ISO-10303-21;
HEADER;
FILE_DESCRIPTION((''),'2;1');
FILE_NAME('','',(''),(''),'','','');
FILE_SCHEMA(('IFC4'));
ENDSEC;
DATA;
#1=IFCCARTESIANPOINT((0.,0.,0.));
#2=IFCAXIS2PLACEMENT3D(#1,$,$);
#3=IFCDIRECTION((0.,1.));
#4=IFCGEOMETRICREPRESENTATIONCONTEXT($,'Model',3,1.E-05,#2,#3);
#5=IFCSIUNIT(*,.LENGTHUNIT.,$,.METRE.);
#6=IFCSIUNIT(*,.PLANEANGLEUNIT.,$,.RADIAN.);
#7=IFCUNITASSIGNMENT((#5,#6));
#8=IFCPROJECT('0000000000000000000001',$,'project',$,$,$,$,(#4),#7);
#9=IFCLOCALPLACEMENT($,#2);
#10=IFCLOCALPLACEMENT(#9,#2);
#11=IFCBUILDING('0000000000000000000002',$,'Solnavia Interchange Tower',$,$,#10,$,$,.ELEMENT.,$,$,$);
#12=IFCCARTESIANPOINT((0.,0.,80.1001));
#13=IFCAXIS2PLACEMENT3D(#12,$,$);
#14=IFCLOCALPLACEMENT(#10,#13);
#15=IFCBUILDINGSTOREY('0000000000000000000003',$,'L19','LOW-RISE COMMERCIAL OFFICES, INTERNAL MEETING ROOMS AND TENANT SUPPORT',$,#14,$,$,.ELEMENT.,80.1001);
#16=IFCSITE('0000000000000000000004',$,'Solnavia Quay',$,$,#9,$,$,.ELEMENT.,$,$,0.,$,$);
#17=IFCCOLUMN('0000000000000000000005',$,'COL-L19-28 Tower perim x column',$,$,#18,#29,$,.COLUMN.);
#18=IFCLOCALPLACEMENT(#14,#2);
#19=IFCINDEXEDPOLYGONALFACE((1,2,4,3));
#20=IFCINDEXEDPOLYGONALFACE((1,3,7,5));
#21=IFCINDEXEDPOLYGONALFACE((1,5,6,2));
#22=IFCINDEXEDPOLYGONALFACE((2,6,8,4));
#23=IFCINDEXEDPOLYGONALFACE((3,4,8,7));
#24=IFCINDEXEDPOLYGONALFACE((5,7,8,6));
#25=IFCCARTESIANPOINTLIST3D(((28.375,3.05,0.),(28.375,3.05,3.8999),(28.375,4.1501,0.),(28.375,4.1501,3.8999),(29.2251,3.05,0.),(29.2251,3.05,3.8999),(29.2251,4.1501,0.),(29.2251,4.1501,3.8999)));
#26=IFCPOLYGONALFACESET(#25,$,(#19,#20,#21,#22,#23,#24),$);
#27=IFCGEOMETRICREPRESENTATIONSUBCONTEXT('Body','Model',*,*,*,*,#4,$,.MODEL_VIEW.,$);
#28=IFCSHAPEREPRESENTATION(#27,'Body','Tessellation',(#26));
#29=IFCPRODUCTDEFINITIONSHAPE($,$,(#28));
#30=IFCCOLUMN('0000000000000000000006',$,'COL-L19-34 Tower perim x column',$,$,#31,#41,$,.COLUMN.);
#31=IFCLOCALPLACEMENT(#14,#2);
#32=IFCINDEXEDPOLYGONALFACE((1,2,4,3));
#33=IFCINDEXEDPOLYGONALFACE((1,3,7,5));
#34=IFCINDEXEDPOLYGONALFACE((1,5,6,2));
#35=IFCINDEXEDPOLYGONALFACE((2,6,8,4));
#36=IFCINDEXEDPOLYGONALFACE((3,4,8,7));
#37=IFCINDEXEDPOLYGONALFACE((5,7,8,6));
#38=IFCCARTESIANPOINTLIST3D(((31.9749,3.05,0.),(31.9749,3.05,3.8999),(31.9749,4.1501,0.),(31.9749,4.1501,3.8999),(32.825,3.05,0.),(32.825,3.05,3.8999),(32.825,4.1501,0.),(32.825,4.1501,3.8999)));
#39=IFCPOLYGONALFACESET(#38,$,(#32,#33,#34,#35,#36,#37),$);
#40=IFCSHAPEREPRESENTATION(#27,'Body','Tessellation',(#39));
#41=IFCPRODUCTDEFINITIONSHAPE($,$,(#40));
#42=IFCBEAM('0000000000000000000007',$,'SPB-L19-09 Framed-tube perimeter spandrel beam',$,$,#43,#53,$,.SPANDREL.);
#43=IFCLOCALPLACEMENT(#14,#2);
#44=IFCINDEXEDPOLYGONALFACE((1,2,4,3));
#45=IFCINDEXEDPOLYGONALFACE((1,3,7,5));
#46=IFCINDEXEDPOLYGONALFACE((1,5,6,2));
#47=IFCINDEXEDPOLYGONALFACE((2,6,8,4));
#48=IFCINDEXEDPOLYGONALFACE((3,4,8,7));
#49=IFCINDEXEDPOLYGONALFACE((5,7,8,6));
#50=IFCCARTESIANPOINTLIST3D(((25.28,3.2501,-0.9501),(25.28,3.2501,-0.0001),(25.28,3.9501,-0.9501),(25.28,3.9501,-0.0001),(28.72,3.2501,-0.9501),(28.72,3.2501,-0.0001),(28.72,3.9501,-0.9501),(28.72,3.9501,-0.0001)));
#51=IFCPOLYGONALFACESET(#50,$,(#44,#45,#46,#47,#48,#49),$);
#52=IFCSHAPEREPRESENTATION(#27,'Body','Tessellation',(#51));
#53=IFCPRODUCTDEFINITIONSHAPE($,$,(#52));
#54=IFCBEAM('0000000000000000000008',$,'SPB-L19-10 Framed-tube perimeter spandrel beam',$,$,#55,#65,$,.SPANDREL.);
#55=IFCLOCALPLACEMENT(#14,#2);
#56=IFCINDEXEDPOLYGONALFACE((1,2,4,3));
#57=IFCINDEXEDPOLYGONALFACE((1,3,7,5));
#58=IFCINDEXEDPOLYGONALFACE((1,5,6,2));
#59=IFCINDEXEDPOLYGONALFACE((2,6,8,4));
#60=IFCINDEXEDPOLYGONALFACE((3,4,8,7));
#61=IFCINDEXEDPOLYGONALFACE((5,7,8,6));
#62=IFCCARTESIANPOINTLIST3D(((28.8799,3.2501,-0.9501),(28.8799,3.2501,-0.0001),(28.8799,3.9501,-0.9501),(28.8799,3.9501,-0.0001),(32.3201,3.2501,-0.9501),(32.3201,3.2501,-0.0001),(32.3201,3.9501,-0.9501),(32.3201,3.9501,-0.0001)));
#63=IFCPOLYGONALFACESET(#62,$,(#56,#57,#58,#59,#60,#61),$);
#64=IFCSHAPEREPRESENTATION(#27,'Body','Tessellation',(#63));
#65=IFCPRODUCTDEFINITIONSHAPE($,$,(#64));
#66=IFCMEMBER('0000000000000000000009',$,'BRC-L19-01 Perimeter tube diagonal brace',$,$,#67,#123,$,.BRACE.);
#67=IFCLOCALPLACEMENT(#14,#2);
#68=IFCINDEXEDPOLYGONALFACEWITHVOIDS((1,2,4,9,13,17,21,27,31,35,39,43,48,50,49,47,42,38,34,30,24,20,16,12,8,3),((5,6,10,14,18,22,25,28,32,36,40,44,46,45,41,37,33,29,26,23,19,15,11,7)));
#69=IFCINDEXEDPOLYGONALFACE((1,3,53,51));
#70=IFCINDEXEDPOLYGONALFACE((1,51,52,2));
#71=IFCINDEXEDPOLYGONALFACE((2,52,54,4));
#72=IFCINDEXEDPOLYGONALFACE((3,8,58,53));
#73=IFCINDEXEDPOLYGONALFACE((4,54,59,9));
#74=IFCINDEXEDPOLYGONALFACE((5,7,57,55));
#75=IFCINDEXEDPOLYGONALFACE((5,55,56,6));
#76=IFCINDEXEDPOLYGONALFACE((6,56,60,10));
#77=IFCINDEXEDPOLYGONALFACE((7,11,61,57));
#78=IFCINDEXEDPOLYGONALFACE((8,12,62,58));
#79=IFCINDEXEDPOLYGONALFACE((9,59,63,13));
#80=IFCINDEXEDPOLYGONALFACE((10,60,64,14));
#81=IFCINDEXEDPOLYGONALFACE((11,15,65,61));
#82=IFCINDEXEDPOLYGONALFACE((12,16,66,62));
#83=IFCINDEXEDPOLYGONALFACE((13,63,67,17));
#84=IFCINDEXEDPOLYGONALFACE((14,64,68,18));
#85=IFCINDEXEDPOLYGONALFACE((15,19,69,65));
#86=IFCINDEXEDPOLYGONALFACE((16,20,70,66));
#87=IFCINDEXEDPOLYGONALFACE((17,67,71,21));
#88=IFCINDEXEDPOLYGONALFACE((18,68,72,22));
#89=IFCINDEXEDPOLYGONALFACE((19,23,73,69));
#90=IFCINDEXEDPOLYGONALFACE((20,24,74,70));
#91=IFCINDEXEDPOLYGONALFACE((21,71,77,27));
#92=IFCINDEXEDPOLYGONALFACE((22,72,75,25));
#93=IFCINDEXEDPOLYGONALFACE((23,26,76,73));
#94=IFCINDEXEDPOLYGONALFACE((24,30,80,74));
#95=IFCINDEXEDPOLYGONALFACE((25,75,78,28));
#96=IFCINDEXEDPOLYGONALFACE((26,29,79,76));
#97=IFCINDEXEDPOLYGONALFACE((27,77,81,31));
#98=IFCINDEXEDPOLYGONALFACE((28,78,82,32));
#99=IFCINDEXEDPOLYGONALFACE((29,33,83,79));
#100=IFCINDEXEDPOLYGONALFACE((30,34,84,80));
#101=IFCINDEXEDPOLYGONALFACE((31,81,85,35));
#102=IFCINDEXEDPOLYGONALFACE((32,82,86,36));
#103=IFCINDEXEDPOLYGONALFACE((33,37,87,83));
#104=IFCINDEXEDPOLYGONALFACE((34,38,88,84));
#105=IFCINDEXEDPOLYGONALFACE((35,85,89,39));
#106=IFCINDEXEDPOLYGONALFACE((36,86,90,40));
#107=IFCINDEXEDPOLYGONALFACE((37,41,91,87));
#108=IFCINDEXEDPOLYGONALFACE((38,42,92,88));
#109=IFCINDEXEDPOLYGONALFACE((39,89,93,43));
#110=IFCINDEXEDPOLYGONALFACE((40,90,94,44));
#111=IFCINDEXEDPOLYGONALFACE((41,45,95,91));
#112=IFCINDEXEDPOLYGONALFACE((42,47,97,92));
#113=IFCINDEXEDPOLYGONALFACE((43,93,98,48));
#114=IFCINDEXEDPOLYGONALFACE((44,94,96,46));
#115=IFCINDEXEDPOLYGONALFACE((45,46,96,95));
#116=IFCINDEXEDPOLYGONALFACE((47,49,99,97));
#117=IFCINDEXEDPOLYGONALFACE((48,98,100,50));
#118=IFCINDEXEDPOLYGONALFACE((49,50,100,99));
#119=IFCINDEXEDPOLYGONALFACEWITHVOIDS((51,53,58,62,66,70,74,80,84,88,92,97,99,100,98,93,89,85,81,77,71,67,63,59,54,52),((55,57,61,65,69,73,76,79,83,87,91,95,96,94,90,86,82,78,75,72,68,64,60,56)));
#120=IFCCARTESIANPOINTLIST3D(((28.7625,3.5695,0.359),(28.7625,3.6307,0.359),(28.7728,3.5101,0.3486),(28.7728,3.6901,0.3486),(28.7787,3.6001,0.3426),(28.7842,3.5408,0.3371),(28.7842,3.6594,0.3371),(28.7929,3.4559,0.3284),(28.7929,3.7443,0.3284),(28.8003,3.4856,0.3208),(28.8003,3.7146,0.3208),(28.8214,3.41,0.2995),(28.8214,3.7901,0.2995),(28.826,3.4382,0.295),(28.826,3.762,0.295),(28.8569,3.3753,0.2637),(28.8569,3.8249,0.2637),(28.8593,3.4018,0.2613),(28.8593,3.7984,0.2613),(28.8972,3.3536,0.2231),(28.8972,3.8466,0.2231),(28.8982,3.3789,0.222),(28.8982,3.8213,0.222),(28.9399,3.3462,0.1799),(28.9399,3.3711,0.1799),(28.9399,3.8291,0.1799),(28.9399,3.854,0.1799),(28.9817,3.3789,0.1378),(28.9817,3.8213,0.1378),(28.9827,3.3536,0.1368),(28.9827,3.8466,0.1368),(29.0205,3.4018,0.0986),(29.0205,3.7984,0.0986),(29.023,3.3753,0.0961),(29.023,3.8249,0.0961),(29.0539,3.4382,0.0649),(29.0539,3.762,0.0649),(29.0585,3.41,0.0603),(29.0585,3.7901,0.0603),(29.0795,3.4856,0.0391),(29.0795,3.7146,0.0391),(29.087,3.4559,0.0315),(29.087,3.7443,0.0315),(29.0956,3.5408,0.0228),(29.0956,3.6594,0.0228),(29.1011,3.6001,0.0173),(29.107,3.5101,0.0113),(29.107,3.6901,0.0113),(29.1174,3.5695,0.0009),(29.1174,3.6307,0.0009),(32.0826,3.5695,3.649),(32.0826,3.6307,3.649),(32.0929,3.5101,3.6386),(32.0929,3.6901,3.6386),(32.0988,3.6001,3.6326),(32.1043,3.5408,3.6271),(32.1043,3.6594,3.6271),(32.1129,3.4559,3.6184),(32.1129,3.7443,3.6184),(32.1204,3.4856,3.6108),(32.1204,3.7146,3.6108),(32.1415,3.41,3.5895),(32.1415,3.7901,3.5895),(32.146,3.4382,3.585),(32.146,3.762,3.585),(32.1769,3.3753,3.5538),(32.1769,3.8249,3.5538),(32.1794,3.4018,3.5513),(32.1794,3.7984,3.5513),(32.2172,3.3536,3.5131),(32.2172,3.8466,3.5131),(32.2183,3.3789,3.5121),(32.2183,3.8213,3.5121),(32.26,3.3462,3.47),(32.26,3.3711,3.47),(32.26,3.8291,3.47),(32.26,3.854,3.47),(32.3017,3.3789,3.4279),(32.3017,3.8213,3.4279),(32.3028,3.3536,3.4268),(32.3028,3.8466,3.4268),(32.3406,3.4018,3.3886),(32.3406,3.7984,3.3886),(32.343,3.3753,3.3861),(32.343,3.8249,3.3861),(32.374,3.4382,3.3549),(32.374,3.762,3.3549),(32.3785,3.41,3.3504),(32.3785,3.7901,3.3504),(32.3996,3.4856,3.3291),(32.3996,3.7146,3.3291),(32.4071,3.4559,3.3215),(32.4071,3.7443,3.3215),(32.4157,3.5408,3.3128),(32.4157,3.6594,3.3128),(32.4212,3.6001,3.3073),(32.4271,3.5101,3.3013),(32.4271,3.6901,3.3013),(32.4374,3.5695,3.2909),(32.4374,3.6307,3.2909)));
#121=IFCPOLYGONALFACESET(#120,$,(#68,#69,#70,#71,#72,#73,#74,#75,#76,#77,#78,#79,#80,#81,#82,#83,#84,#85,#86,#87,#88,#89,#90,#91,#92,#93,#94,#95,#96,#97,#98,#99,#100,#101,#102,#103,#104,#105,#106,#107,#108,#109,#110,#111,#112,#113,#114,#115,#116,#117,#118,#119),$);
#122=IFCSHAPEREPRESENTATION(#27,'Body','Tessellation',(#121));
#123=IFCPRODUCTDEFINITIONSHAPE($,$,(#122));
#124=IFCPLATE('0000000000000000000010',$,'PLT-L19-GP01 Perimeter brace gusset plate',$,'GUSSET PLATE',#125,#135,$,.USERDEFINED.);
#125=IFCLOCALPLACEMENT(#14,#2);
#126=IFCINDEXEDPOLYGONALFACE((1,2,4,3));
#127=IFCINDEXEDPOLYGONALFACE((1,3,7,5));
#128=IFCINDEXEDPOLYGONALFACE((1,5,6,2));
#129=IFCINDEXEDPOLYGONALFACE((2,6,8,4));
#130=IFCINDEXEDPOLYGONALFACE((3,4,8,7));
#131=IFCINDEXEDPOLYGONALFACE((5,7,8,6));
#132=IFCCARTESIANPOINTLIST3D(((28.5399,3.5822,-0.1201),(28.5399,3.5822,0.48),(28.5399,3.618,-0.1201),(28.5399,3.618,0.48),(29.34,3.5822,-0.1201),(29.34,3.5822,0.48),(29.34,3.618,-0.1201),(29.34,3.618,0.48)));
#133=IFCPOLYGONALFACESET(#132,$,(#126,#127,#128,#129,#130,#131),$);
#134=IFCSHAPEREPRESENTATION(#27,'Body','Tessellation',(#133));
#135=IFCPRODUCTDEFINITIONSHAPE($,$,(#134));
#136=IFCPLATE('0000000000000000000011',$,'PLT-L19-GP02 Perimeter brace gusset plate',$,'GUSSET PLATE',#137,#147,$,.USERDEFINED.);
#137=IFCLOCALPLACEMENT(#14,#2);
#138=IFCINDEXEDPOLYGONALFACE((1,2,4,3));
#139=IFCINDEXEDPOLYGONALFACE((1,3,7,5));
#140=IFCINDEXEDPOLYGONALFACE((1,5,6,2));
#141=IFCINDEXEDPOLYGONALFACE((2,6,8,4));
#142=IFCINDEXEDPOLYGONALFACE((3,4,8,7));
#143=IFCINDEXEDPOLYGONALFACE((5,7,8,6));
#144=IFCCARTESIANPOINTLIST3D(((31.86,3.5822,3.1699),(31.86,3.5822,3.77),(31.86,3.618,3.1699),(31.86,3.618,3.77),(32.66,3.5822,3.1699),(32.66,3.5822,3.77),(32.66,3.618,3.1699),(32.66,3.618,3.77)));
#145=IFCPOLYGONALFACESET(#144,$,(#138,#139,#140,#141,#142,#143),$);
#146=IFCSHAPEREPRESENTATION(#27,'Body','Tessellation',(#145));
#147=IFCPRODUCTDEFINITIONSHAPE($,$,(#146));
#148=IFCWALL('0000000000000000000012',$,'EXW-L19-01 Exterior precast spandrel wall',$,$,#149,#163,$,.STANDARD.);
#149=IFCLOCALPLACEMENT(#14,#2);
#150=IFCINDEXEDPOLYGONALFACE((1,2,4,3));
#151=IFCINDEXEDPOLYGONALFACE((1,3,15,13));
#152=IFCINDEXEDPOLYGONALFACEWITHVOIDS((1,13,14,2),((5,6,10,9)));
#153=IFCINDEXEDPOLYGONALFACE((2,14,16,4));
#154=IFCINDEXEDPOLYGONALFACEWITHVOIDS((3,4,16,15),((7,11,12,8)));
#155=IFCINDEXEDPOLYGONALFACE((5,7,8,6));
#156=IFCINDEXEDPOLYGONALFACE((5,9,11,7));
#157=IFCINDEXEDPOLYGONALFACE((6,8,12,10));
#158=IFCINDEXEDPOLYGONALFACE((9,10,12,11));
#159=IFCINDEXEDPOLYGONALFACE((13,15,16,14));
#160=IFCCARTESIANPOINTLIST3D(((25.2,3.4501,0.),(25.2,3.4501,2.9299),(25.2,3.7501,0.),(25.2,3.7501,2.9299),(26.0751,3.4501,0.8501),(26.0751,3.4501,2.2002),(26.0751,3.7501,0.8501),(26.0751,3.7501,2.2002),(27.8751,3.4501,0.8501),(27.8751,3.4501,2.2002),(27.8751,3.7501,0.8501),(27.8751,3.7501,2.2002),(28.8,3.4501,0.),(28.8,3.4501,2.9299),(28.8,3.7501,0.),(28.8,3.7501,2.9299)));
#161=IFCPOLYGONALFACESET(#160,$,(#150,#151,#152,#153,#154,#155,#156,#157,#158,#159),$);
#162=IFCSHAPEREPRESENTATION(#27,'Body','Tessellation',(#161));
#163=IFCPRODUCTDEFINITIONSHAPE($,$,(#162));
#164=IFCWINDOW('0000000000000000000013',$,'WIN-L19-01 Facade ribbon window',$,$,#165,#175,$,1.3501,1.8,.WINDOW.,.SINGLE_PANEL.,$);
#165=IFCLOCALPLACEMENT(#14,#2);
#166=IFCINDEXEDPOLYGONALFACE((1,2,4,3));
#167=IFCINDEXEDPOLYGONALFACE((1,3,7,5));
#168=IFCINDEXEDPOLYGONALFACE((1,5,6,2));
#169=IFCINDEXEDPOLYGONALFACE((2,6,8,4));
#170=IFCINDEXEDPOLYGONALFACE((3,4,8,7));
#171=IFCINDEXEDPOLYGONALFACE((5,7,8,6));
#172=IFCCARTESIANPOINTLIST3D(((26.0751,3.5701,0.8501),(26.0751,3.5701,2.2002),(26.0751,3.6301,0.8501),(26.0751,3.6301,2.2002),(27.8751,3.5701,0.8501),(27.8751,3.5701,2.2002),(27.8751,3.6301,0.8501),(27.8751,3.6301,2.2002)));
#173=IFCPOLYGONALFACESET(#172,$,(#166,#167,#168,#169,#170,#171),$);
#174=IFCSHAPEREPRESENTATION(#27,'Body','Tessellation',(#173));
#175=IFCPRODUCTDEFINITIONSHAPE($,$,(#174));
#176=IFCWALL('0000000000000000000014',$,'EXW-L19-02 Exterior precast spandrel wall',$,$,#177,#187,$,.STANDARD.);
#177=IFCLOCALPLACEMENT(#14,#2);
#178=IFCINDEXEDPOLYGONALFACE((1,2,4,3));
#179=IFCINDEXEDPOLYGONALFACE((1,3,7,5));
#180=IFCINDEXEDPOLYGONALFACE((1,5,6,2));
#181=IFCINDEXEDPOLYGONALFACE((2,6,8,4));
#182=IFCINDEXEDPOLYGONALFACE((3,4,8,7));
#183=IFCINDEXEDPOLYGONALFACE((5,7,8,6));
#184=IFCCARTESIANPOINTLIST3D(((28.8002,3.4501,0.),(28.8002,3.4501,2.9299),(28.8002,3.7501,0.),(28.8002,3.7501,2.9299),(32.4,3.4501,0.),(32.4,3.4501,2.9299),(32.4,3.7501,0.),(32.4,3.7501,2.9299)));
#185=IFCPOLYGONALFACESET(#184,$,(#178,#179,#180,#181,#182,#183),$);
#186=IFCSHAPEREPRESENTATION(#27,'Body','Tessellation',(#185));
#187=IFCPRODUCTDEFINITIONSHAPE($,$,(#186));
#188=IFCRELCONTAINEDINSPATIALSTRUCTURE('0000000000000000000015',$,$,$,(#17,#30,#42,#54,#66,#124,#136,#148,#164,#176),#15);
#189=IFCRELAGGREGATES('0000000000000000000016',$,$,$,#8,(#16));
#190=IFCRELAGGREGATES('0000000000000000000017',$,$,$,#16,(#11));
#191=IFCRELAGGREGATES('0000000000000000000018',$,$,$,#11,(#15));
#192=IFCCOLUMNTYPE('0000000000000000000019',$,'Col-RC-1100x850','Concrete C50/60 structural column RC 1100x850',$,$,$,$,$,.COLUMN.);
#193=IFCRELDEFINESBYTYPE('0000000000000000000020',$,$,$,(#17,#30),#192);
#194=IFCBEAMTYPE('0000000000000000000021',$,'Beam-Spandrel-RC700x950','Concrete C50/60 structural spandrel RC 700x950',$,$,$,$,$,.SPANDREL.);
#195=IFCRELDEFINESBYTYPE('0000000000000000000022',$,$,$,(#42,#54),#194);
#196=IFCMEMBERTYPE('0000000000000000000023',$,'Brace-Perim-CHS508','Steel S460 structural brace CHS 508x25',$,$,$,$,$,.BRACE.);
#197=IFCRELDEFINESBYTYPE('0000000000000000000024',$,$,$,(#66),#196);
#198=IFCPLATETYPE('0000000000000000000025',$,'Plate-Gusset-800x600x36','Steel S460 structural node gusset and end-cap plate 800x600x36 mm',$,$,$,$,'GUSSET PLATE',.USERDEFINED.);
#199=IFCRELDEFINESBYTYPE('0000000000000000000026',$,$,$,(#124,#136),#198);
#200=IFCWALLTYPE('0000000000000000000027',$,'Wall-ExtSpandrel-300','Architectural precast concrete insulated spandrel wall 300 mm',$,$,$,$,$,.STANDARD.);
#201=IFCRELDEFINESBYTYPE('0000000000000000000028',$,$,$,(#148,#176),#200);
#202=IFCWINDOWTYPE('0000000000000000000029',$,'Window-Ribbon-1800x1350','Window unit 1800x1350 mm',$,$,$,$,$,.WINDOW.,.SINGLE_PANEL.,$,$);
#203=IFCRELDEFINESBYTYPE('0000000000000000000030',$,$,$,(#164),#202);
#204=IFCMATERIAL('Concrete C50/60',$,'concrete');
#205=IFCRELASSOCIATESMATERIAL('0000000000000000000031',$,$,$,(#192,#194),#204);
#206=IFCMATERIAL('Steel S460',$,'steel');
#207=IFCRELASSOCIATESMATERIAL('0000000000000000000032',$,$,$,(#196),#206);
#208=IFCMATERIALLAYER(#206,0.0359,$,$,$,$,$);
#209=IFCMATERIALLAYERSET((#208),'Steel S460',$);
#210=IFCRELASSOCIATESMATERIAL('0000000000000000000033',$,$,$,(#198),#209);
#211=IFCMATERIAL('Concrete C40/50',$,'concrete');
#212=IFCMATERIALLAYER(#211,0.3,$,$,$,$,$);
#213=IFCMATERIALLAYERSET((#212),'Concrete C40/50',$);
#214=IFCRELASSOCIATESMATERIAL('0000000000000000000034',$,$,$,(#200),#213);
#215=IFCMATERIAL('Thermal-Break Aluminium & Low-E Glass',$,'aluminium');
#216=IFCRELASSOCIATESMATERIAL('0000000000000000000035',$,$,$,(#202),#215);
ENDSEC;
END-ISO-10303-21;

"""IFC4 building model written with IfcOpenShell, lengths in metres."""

from ifc_helpers import new_model, si_unit, direction, frame, frame_2d, origin, origin_2d, place, context, subcontext, project, spatial, rectangle, hollow_circle, extrude, material, layer, layer_set, material_profile, profile_set, type_object, element, fill, save


model = new_model("IFC4")

# Units and contexts
model_context = context("Model", 3, precision=1e-05, world=origin(), true_north=direction((0.0, 1.0)))
body_context = subcontext(model_context, "Body", "Model", "MODEL_VIEW")
ifc_project = project(units=[si_unit("LENGTHUNIT", "METRE"), si_unit("PLANEANGLEUNIT", "RADIAN")], contexts=[model_context])

# Site, building, storey
site_placement = place(None, origin())
site = spatial("IfcSite", under=ifc_project, at=site_placement, Name="Solnavia Quay", CompositionType="ELEMENT", RefElevation=0.0)
building_placement = place(site_placement, origin())
building = spatial("IfcBuilding", under=site, at=building_placement, Name="Solnavia Interchange Tower", CompositionType="ELEMENT")
storey_placement = place(building_placement, frame((0.0, 0.0, 80.1001)))
storey = spatial("IfcBuildingStorey", under=building, at=storey_placement, Name="L19", Description="LOW-RISE COMMERCIAL OFFICES, INTERNAL MEETING ROOMS AND TENANT SUPPORT", CompositionType="ELEMENT", Elevation=80.1001)

# Columns
ifc_material_1 = material(Name="Concrete C50/60", Category="concrete")
ifc_material_profile_1 = material_profile(ifc_material_1, rectangle(XDim=0.8501, YDim=1.1001, at=origin_2d()), Name="RC 1100x850")
ifc_profile_set_1 = profile_set([ifc_material_profile_1], Name="Concrete C50/60")
column_type = type_object("IfcColumnType", Name="Col-RC-1100x850", Description="Concrete C50/60 structural column RC 1100x850", PredefinedType="COLUMN", material=ifc_profile_set_1)
for number, where, z_axis, x_axis, name in (
    (1, (28.8, 3.6001, 0.0), (0.0, 0.0, 1.0), (1.0, 0.0, 0.0), "COL-L19-28 Tower perim x column"),
    (2, (32.3999, 3.6001, 0.0), (0.0, 0.0, 1.0), (1.0, 0.0, 0.0), "COL-L19-34 Tower perim x column"),
):
    element("IfcColumn", number, at=place(storey_placement, frame(where, z_axis=z_axis, x_axis=x_axis)), inside=storey, type_object=column_type, Name=name, PredefinedType="COLUMN", context=body_context, shape_type="SweptSolid", body=[
        extrude(rectangle(XDim=0.8501, YDim=1.1001, at=origin_2d()), origin(), (0.0, 0.0, 1.0), 3.8999),
    ])

# Beams
ifc_material_profile_2 = material_profile(ifc_material_1, rectangle(XDim=0.7, YDim=0.95, at=origin_2d()), Name="RC 700x950")
ifc_profile_set_2 = profile_set([ifc_material_profile_2], Name="Concrete C50/60")
beam_type = type_object("IfcBeamType", Name="Beam-Spandrel-RC700x950", Description="Concrete C50/60 structural spandrel RC 700x950", PredefinedType="SPANDREL", material=ifc_profile_set_2)
beam_1_placement = place(storey_placement, frame((25.28, 3.6001, -0.4751), z_axis=(1.0, 0.0, 0.0), x_axis=(0.0, 1.0, 0.0)))
element("IfcBeam", 3, at=beam_1_placement, inside=storey, type_object=beam_type, Name="SPB-L19-09 Framed-tube perimeter spandrel beam", PredefinedType="SPANDREL", context=body_context, shape_type="SweptSolid", body=[
    extrude(rectangle(XDim=0.7, YDim=0.95, at=origin_2d()), origin(), (0.0, 0.0, 1.0), 3.4399),
])
beam_2_placement = place(storey_placement, frame((28.8799, 3.6001, -0.4751), z_axis=(1.0, 0.0, 0.0), x_axis=(0.0, 1.0, 0.0)))
element("IfcBeam", 4, at=beam_2_placement, inside=storey, type_object=beam_type, Name="SPB-L19-10 Framed-tube perimeter spandrel beam", PredefinedType="SPANDREL", context=body_context, shape_type="SweptSolid", body=[
    extrude(rectangle(XDim=0.7, YDim=0.95, at=origin_2d()), origin(), (0.0, 0.0, 1.0), 3.4402),
])

# Member
ifc_material_2 = material(Name="Steel S460", Category="steel")
ifc_material_profile_3 = material_profile(ifc_material_2, hollow_circle(Radius=0.2539, WallThickness=0.0249, at=origin_2d()), Name="CHS 508x25")
ifc_profile_set_3 = profile_set([ifc_material_profile_3], Name="Steel S460")
member_type = type_object("IfcMemberType", Name="Brace-Perim-CHS508", Description="Steel S460 structural brace CHS 508x25", PredefinedType="BRACE", material=ifc_profile_set_3)
member_placement = place(storey_placement, frame((28.9399, 3.6001, 0.1799), z_axis=(0.710312, 0.0, 0.703887), x_axis=(0.0, 1.0, 0.0)))
element("IfcMember", 5, at=member_placement, inside=storey, type_object=member_type, Name="BRC-L19-01 Perimeter tube diagonal brace", PredefinedType="BRACE", context=body_context, shape_type="SweptSolid", body=[
    extrude(hollow_circle(Radius=0.2539, WallThickness=0.0249, at=origin_2d()), origin(), (0.0, 0.0, 1.0), 4.6741),
])

# Plates
ifc_layer_1 = layer(ifc_material_2, 0.0359)
ifc_layer_set_1 = layer_set([ifc_layer_1], Name="Steel S460")
plate_type = type_object("IfcPlateType", Name="Plate-Gusset-800x600x36", Description="Steel S460 structural node gusset and end-cap plate 800x600x36 mm", ElementType="GUSSET PLATE", PredefinedType="USERDEFINED", material=ifc_layer_set_1)
for number, where, z_axis, x_axis, name in (
    (6, (28.9399, 3.6001, -0.1201), (0.0, 0.0, 1.0), (1.0, 0.0, 0.0), "PLT-L19-GP01 Perimeter brace gusset plate"),
    (7, (32.26, 3.6001, 3.1699), (0.0, 0.0, 1.0), (1.0, 0.0, 0.0), "PLT-L19-GP02 Perimeter brace gusset plate"),
):
    element("IfcPlate", number, at=place(storey_placement, frame(where, z_axis=z_axis, x_axis=x_axis)), inside=storey, type_object=plate_type, Name=name, ObjectType="GUSSET PLATE", PredefinedType="USERDEFINED", context=body_context, shape_type="SweptSolid", body=[
        extrude(rectangle(XDim=0.8, YDim=0.0359, at=origin_2d()), origin(), (0.0, 0.0, 1.0), 0.6001),
    ])

# Wall, opening, window
ifc_material_3 = material(Name="Concrete C40/50", Category="concrete")
ifc_layer_2 = layer(ifc_material_3, 0.3)
ifc_layer_set_2 = layer_set([ifc_layer_2], Name="Concrete C40/50")
wall_type_1 = type_object("IfcWallType", Name="Wall-ExtSpandrel-300", Description="Architectural precast concrete insulated spandrel wall 300 mm", PredefinedType="STANDARD", material=ifc_layer_set_2)
wall_1_placement = place(storey_placement, frame((28.8, 3.6001, 0.0), z_axis=(0.0, 0.0, 1.0), x_axis=(-1.0, 0.0, 0.0)))
wall_1 = element("IfcWall", 8, at=wall_1_placement, inside=storey, type_object=wall_type_1, Name="EXW-L19-01 Exterior precast spandrel wall", PredefinedType="STANDARD", context=body_context, shape_type="SweptSolid", body=[
    extrude(rectangle(XDim=3.6001, YDim=0.3, at=frame_2d((1.8, 0.0))), origin(), (0.0, 0.0, 1.0), 2.9299),
])
opening_1_placement = place(wall_1_placement, frame((0.925, 0.0, 0.8501)))
opening_1 = element("IfcOpeningElement", 9, at=opening_1_placement, cuts=wall_1, PredefinedType="OPENING", context=body_context, shape_type="SweptSolid", body=[
    extrude(rectangle(XDim=1.8, YDim=1.3501, at=frame_2d((0.8999, 0.675))), frame((0.0, 0.1602, 0.0), z_axis=(0.0, -1.0, 0.0), x_axis=(1.0, 0.0, 0.0)), (0.0, 0.0, 1.0), 0.3201),
])
ifc_material_4 = material(Name="Thermal-Break Aluminium & Low-E Glass", Category="aluminium")
window_type_1 = type_object("IfcWindowType", Name="Window-Ribbon-1800x1350", Description="Window unit 1800x1350 mm", PartitioningType="SINGLE_PANEL", PredefinedType="WINDOW", material=ifc_material_4)
window_1_placement = place(opening_1_placement, origin())
window_1 = element("IfcWindow", 10, at=window_1_placement, inside=storey, type_object=window_type_1, Name="WIN-L19-01 Facade ribbon window", OverallHeight=1.3501, OverallWidth=1.8, PartitioningType="SINGLE_PANEL", PredefinedType="WINDOW", context=body_context, shape_type="SweptSolid", body=[
    extrude(rectangle(XDim=1.8, YDim=1.3501, at=frame_2d((0.8999, 0.675))), frame((0.0, 0.03, 0.0), z_axis=(0.0, -1.0, 0.0), x_axis=(1.0, 0.0, 0.0)), (0.0, 0.0, 1.0), 0.0601),
])
fill(opening_1, window_1)

# Wall
wall_2_placement = place(storey_placement, frame((32.3999, 3.6001, 0.0), z_axis=(0.0, 0.0, 1.0), x_axis=(-1.0, 0.0, 0.0)))
element("IfcWall", 11, at=wall_2_placement, inside=storey, type_object=wall_type_1, Name="EXW-L19-02 Exterior precast spandrel wall", PredefinedType="STANDARD", context=body_context, shape_type="SweptSolid", body=[
    extrude(rectangle(XDim=3.5999, YDim=0.3, at=frame_2d((1.7998, 0.0))), origin(), (0.0, 0.0, 1.0), 2.9299),
])

save(model, "model.ifc")
